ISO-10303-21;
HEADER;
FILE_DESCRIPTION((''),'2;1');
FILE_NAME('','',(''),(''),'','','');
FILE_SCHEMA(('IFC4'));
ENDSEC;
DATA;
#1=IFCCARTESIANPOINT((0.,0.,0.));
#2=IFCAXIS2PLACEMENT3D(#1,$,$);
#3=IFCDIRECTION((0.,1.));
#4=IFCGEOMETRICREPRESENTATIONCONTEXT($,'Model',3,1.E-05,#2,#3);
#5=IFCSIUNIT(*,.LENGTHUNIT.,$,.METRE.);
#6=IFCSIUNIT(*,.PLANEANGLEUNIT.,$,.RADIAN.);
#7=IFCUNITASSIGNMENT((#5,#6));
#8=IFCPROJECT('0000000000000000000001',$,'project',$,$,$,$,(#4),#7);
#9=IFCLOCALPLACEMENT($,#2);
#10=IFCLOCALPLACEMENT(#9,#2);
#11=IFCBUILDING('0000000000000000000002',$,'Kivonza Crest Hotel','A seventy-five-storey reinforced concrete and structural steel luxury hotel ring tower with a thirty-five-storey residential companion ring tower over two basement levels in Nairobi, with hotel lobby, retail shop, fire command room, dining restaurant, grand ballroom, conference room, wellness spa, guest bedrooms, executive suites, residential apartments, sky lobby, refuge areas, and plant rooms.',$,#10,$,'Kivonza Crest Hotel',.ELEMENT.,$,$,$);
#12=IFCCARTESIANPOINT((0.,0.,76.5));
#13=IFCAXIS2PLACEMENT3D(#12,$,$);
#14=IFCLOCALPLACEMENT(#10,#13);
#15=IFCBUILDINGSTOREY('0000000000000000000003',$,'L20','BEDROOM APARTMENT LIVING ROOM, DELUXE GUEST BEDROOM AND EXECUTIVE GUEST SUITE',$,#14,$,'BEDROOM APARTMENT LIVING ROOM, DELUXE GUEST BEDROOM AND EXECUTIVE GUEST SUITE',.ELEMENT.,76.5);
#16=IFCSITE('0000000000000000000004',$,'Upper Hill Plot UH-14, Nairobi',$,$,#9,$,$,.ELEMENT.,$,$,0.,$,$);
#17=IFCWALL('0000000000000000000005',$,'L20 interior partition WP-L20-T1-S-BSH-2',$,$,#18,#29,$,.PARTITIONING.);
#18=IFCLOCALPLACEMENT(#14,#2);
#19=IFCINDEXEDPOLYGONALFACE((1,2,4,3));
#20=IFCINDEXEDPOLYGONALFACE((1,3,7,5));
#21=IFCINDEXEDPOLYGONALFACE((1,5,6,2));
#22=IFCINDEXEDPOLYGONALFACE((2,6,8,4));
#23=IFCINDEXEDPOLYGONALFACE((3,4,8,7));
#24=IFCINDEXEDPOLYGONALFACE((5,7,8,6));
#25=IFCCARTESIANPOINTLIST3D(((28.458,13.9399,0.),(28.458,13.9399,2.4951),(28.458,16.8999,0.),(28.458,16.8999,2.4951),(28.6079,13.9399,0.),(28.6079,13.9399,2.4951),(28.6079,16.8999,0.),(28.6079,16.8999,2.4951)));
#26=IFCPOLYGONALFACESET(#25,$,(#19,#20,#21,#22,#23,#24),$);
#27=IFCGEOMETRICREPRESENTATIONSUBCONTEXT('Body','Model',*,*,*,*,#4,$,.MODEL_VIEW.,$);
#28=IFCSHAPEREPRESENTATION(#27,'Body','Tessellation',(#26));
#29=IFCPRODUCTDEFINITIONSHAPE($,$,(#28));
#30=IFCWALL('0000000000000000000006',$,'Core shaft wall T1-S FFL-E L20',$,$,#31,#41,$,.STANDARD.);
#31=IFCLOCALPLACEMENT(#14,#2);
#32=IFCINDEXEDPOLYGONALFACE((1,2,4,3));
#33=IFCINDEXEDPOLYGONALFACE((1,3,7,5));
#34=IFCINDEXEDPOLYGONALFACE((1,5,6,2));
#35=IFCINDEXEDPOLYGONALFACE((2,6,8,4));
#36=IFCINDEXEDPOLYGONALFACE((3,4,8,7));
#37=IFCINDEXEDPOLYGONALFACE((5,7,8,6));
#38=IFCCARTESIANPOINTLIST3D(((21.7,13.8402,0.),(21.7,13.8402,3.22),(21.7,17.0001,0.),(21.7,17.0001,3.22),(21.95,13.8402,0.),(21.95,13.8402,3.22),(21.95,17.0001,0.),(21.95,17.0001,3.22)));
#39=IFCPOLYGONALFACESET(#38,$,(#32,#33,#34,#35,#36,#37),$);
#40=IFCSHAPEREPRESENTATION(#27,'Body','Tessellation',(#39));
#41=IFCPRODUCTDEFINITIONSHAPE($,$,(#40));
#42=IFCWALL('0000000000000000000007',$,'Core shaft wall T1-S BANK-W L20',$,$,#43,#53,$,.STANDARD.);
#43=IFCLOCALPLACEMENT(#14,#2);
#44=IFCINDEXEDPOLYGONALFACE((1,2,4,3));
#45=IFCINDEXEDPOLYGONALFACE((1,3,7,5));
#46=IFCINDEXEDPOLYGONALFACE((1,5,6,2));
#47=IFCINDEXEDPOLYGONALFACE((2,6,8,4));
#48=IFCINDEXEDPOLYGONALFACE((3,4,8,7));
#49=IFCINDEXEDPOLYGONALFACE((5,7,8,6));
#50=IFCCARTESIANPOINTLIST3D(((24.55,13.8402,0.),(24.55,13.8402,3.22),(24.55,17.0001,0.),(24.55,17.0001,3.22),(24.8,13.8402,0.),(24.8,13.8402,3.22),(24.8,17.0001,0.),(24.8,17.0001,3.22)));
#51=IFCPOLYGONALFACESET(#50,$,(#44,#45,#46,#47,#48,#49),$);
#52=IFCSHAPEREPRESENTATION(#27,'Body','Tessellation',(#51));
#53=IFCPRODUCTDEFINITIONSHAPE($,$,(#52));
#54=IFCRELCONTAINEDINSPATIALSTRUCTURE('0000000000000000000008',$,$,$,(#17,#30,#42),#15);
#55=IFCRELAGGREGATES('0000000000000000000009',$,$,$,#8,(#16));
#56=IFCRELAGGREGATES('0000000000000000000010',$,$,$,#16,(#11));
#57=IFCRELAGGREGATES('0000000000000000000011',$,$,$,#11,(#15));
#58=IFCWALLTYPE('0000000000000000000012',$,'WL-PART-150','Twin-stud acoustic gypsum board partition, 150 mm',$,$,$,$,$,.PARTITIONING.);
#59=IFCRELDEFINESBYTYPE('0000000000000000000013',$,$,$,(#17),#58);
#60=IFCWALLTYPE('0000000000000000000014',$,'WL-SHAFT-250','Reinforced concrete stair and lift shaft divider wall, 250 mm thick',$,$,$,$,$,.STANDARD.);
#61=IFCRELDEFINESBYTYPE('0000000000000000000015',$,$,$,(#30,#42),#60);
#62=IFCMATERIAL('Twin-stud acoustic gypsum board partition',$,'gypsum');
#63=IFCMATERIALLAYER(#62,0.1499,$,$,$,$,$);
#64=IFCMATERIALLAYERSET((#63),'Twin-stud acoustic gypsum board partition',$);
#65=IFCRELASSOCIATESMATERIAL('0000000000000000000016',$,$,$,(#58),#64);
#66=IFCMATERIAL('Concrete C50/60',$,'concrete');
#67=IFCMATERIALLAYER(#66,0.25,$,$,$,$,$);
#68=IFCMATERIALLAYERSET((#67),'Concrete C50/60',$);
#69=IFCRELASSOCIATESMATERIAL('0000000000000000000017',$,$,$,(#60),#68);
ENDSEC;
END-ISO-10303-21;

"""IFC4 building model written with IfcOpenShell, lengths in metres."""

from ifc_helpers import new_model, si_unit, direction, frame, frame_2d, origin, place, context, subcontext, project, spatial, rectangle, extrude, material, layer, layer_set, type_object, element, save


model = new_model("IFC4")

# Units and contexts
model_context = context("Model", 3, precision=1e-05, world=origin(), true_north=direction((0.0, 1.0)))
body_context = subcontext(model_context, "Body", "Model", "MODEL_VIEW")
ifc_project = project(units=[si_unit("LENGTHUNIT", "METRE"), si_unit("PLANEANGLEUNIT", "RADIAN")], contexts=[model_context])

# Site, building, storey
site_placement = place(None, origin())
site = spatial("IfcSite", under=ifc_project, at=site_placement, Name="Upper Hill Plot UH-14, Nairobi", CompositionType="ELEMENT", RefElevation=0.0)
building_placement = place(site_placement, origin())
building = spatial("IfcBuilding", under=site, at=building_placement, Name="Kivonza Crest Hotel", Description="A seventy-five-storey reinforced concrete and structural steel luxury hotel ring tower with a thirty-five-storey residential companion ring tower over two basement levels in Nairobi, with hotel lobby, retail shop, fire command room, dining restaurant, grand ballroom, conference room, wellness spa, guest bedrooms, executive suites, residential apartments, sky lobby, refuge areas, and plant rooms.", LongName="Kivonza Crest Hotel", CompositionType="ELEMENT")
storey_placement = place(building_placement, frame((0.0, 0.0, 76.5)))
storey = spatial("IfcBuildingStorey", under=building, at=storey_placement, Name="L20", Description="BEDROOM APARTMENT LIVING ROOM, DELUXE GUEST BEDROOM AND EXECUTIVE GUEST SUITE", LongName="BEDROOM APARTMENT LIVING ROOM, DELUXE GUEST BEDROOM AND EXECUTIVE GUEST SUITE", CompositionType="ELEMENT", Elevation=76.5)

# Wall
ifc_material_1 = material(Name="Twin-stud acoustic gypsum board partition", Category="gypsum")
ifc_layer_1 = layer(ifc_material_1, 0.1499)
ifc_layer_set_1 = layer_set([ifc_layer_1], Name="Twin-stud acoustic gypsum board partition")
wall_type_1 = type_object("IfcWallType", Name="WL-PART-150", Description="Twin-stud acoustic gypsum board partition, 150 mm", PredefinedType="PARTITIONING", material=ifc_layer_set_1)
wall_1_placement = place(storey_placement, frame((28.533, 13.9399, 0.0), z_axis=(0.0, 0.0, 1.0), x_axis=(0.0, 1.0, 0.0)))
element("IfcWall", 1, at=wall_1_placement, inside=storey, type_object=wall_type_1, Name="L20 interior partition WP-L20-T1-S-BSH-2", PredefinedType="PARTITIONING", context=body_context, shape_type="SweptSolid", body=[
    extrude(rectangle(XDim=2.96, YDim=0.1499, at=frame_2d((1.48, 0.0))), origin(), (0.0, 0.0, 1.0), 2.4951),
])

# Shared definitions
ifc_material_2 = material(Name="Concrete C50/60", Category="concrete")
ifc_layer_2 = layer(ifc_material_2, 0.25)
ifc_layer_set_2 = layer_set([ifc_layer_2], Name="Concrete C50/60")
wall_type_2 = type_object("IfcWallType", Name="WL-SHAFT-250", Description="Reinforced concrete stair and lift shaft divider wall, 250 mm thick", PredefinedType="STANDARD", material=ifc_layer_set_2)

# Walls
for number, where, z_axis, x_axis, name in (
    (2, (21.825, 13.8401, 0.0), (0.0, 0.0, 1.0), (0.0, 1.0, 0.0), "Core shaft wall T1-S FFL-E L20"),
    (3, (24.675, 13.8401, 0.0), (0.0, 0.0, 1.0), (0.0, 1.0, 0.0), "Core shaft wall T1-S BANK-W L20"),
):
    element("IfcWall", number, at=place(storey_placement, frame(where, z_axis=z_axis, x_axis=x_axis)), inside=storey, type_object=wall_type_2, Name=name, PredefinedType="STANDARD", context=body_context, shape_type="SweptSolid", body=[
        extrude(rectangle(XDim=3.1599, YDim=0.25, at=frame_2d((1.5801, 0.0))), origin(), (0.0, 0.0, 1.0), 3.22),
    ])

save(model, "model.ifc")
